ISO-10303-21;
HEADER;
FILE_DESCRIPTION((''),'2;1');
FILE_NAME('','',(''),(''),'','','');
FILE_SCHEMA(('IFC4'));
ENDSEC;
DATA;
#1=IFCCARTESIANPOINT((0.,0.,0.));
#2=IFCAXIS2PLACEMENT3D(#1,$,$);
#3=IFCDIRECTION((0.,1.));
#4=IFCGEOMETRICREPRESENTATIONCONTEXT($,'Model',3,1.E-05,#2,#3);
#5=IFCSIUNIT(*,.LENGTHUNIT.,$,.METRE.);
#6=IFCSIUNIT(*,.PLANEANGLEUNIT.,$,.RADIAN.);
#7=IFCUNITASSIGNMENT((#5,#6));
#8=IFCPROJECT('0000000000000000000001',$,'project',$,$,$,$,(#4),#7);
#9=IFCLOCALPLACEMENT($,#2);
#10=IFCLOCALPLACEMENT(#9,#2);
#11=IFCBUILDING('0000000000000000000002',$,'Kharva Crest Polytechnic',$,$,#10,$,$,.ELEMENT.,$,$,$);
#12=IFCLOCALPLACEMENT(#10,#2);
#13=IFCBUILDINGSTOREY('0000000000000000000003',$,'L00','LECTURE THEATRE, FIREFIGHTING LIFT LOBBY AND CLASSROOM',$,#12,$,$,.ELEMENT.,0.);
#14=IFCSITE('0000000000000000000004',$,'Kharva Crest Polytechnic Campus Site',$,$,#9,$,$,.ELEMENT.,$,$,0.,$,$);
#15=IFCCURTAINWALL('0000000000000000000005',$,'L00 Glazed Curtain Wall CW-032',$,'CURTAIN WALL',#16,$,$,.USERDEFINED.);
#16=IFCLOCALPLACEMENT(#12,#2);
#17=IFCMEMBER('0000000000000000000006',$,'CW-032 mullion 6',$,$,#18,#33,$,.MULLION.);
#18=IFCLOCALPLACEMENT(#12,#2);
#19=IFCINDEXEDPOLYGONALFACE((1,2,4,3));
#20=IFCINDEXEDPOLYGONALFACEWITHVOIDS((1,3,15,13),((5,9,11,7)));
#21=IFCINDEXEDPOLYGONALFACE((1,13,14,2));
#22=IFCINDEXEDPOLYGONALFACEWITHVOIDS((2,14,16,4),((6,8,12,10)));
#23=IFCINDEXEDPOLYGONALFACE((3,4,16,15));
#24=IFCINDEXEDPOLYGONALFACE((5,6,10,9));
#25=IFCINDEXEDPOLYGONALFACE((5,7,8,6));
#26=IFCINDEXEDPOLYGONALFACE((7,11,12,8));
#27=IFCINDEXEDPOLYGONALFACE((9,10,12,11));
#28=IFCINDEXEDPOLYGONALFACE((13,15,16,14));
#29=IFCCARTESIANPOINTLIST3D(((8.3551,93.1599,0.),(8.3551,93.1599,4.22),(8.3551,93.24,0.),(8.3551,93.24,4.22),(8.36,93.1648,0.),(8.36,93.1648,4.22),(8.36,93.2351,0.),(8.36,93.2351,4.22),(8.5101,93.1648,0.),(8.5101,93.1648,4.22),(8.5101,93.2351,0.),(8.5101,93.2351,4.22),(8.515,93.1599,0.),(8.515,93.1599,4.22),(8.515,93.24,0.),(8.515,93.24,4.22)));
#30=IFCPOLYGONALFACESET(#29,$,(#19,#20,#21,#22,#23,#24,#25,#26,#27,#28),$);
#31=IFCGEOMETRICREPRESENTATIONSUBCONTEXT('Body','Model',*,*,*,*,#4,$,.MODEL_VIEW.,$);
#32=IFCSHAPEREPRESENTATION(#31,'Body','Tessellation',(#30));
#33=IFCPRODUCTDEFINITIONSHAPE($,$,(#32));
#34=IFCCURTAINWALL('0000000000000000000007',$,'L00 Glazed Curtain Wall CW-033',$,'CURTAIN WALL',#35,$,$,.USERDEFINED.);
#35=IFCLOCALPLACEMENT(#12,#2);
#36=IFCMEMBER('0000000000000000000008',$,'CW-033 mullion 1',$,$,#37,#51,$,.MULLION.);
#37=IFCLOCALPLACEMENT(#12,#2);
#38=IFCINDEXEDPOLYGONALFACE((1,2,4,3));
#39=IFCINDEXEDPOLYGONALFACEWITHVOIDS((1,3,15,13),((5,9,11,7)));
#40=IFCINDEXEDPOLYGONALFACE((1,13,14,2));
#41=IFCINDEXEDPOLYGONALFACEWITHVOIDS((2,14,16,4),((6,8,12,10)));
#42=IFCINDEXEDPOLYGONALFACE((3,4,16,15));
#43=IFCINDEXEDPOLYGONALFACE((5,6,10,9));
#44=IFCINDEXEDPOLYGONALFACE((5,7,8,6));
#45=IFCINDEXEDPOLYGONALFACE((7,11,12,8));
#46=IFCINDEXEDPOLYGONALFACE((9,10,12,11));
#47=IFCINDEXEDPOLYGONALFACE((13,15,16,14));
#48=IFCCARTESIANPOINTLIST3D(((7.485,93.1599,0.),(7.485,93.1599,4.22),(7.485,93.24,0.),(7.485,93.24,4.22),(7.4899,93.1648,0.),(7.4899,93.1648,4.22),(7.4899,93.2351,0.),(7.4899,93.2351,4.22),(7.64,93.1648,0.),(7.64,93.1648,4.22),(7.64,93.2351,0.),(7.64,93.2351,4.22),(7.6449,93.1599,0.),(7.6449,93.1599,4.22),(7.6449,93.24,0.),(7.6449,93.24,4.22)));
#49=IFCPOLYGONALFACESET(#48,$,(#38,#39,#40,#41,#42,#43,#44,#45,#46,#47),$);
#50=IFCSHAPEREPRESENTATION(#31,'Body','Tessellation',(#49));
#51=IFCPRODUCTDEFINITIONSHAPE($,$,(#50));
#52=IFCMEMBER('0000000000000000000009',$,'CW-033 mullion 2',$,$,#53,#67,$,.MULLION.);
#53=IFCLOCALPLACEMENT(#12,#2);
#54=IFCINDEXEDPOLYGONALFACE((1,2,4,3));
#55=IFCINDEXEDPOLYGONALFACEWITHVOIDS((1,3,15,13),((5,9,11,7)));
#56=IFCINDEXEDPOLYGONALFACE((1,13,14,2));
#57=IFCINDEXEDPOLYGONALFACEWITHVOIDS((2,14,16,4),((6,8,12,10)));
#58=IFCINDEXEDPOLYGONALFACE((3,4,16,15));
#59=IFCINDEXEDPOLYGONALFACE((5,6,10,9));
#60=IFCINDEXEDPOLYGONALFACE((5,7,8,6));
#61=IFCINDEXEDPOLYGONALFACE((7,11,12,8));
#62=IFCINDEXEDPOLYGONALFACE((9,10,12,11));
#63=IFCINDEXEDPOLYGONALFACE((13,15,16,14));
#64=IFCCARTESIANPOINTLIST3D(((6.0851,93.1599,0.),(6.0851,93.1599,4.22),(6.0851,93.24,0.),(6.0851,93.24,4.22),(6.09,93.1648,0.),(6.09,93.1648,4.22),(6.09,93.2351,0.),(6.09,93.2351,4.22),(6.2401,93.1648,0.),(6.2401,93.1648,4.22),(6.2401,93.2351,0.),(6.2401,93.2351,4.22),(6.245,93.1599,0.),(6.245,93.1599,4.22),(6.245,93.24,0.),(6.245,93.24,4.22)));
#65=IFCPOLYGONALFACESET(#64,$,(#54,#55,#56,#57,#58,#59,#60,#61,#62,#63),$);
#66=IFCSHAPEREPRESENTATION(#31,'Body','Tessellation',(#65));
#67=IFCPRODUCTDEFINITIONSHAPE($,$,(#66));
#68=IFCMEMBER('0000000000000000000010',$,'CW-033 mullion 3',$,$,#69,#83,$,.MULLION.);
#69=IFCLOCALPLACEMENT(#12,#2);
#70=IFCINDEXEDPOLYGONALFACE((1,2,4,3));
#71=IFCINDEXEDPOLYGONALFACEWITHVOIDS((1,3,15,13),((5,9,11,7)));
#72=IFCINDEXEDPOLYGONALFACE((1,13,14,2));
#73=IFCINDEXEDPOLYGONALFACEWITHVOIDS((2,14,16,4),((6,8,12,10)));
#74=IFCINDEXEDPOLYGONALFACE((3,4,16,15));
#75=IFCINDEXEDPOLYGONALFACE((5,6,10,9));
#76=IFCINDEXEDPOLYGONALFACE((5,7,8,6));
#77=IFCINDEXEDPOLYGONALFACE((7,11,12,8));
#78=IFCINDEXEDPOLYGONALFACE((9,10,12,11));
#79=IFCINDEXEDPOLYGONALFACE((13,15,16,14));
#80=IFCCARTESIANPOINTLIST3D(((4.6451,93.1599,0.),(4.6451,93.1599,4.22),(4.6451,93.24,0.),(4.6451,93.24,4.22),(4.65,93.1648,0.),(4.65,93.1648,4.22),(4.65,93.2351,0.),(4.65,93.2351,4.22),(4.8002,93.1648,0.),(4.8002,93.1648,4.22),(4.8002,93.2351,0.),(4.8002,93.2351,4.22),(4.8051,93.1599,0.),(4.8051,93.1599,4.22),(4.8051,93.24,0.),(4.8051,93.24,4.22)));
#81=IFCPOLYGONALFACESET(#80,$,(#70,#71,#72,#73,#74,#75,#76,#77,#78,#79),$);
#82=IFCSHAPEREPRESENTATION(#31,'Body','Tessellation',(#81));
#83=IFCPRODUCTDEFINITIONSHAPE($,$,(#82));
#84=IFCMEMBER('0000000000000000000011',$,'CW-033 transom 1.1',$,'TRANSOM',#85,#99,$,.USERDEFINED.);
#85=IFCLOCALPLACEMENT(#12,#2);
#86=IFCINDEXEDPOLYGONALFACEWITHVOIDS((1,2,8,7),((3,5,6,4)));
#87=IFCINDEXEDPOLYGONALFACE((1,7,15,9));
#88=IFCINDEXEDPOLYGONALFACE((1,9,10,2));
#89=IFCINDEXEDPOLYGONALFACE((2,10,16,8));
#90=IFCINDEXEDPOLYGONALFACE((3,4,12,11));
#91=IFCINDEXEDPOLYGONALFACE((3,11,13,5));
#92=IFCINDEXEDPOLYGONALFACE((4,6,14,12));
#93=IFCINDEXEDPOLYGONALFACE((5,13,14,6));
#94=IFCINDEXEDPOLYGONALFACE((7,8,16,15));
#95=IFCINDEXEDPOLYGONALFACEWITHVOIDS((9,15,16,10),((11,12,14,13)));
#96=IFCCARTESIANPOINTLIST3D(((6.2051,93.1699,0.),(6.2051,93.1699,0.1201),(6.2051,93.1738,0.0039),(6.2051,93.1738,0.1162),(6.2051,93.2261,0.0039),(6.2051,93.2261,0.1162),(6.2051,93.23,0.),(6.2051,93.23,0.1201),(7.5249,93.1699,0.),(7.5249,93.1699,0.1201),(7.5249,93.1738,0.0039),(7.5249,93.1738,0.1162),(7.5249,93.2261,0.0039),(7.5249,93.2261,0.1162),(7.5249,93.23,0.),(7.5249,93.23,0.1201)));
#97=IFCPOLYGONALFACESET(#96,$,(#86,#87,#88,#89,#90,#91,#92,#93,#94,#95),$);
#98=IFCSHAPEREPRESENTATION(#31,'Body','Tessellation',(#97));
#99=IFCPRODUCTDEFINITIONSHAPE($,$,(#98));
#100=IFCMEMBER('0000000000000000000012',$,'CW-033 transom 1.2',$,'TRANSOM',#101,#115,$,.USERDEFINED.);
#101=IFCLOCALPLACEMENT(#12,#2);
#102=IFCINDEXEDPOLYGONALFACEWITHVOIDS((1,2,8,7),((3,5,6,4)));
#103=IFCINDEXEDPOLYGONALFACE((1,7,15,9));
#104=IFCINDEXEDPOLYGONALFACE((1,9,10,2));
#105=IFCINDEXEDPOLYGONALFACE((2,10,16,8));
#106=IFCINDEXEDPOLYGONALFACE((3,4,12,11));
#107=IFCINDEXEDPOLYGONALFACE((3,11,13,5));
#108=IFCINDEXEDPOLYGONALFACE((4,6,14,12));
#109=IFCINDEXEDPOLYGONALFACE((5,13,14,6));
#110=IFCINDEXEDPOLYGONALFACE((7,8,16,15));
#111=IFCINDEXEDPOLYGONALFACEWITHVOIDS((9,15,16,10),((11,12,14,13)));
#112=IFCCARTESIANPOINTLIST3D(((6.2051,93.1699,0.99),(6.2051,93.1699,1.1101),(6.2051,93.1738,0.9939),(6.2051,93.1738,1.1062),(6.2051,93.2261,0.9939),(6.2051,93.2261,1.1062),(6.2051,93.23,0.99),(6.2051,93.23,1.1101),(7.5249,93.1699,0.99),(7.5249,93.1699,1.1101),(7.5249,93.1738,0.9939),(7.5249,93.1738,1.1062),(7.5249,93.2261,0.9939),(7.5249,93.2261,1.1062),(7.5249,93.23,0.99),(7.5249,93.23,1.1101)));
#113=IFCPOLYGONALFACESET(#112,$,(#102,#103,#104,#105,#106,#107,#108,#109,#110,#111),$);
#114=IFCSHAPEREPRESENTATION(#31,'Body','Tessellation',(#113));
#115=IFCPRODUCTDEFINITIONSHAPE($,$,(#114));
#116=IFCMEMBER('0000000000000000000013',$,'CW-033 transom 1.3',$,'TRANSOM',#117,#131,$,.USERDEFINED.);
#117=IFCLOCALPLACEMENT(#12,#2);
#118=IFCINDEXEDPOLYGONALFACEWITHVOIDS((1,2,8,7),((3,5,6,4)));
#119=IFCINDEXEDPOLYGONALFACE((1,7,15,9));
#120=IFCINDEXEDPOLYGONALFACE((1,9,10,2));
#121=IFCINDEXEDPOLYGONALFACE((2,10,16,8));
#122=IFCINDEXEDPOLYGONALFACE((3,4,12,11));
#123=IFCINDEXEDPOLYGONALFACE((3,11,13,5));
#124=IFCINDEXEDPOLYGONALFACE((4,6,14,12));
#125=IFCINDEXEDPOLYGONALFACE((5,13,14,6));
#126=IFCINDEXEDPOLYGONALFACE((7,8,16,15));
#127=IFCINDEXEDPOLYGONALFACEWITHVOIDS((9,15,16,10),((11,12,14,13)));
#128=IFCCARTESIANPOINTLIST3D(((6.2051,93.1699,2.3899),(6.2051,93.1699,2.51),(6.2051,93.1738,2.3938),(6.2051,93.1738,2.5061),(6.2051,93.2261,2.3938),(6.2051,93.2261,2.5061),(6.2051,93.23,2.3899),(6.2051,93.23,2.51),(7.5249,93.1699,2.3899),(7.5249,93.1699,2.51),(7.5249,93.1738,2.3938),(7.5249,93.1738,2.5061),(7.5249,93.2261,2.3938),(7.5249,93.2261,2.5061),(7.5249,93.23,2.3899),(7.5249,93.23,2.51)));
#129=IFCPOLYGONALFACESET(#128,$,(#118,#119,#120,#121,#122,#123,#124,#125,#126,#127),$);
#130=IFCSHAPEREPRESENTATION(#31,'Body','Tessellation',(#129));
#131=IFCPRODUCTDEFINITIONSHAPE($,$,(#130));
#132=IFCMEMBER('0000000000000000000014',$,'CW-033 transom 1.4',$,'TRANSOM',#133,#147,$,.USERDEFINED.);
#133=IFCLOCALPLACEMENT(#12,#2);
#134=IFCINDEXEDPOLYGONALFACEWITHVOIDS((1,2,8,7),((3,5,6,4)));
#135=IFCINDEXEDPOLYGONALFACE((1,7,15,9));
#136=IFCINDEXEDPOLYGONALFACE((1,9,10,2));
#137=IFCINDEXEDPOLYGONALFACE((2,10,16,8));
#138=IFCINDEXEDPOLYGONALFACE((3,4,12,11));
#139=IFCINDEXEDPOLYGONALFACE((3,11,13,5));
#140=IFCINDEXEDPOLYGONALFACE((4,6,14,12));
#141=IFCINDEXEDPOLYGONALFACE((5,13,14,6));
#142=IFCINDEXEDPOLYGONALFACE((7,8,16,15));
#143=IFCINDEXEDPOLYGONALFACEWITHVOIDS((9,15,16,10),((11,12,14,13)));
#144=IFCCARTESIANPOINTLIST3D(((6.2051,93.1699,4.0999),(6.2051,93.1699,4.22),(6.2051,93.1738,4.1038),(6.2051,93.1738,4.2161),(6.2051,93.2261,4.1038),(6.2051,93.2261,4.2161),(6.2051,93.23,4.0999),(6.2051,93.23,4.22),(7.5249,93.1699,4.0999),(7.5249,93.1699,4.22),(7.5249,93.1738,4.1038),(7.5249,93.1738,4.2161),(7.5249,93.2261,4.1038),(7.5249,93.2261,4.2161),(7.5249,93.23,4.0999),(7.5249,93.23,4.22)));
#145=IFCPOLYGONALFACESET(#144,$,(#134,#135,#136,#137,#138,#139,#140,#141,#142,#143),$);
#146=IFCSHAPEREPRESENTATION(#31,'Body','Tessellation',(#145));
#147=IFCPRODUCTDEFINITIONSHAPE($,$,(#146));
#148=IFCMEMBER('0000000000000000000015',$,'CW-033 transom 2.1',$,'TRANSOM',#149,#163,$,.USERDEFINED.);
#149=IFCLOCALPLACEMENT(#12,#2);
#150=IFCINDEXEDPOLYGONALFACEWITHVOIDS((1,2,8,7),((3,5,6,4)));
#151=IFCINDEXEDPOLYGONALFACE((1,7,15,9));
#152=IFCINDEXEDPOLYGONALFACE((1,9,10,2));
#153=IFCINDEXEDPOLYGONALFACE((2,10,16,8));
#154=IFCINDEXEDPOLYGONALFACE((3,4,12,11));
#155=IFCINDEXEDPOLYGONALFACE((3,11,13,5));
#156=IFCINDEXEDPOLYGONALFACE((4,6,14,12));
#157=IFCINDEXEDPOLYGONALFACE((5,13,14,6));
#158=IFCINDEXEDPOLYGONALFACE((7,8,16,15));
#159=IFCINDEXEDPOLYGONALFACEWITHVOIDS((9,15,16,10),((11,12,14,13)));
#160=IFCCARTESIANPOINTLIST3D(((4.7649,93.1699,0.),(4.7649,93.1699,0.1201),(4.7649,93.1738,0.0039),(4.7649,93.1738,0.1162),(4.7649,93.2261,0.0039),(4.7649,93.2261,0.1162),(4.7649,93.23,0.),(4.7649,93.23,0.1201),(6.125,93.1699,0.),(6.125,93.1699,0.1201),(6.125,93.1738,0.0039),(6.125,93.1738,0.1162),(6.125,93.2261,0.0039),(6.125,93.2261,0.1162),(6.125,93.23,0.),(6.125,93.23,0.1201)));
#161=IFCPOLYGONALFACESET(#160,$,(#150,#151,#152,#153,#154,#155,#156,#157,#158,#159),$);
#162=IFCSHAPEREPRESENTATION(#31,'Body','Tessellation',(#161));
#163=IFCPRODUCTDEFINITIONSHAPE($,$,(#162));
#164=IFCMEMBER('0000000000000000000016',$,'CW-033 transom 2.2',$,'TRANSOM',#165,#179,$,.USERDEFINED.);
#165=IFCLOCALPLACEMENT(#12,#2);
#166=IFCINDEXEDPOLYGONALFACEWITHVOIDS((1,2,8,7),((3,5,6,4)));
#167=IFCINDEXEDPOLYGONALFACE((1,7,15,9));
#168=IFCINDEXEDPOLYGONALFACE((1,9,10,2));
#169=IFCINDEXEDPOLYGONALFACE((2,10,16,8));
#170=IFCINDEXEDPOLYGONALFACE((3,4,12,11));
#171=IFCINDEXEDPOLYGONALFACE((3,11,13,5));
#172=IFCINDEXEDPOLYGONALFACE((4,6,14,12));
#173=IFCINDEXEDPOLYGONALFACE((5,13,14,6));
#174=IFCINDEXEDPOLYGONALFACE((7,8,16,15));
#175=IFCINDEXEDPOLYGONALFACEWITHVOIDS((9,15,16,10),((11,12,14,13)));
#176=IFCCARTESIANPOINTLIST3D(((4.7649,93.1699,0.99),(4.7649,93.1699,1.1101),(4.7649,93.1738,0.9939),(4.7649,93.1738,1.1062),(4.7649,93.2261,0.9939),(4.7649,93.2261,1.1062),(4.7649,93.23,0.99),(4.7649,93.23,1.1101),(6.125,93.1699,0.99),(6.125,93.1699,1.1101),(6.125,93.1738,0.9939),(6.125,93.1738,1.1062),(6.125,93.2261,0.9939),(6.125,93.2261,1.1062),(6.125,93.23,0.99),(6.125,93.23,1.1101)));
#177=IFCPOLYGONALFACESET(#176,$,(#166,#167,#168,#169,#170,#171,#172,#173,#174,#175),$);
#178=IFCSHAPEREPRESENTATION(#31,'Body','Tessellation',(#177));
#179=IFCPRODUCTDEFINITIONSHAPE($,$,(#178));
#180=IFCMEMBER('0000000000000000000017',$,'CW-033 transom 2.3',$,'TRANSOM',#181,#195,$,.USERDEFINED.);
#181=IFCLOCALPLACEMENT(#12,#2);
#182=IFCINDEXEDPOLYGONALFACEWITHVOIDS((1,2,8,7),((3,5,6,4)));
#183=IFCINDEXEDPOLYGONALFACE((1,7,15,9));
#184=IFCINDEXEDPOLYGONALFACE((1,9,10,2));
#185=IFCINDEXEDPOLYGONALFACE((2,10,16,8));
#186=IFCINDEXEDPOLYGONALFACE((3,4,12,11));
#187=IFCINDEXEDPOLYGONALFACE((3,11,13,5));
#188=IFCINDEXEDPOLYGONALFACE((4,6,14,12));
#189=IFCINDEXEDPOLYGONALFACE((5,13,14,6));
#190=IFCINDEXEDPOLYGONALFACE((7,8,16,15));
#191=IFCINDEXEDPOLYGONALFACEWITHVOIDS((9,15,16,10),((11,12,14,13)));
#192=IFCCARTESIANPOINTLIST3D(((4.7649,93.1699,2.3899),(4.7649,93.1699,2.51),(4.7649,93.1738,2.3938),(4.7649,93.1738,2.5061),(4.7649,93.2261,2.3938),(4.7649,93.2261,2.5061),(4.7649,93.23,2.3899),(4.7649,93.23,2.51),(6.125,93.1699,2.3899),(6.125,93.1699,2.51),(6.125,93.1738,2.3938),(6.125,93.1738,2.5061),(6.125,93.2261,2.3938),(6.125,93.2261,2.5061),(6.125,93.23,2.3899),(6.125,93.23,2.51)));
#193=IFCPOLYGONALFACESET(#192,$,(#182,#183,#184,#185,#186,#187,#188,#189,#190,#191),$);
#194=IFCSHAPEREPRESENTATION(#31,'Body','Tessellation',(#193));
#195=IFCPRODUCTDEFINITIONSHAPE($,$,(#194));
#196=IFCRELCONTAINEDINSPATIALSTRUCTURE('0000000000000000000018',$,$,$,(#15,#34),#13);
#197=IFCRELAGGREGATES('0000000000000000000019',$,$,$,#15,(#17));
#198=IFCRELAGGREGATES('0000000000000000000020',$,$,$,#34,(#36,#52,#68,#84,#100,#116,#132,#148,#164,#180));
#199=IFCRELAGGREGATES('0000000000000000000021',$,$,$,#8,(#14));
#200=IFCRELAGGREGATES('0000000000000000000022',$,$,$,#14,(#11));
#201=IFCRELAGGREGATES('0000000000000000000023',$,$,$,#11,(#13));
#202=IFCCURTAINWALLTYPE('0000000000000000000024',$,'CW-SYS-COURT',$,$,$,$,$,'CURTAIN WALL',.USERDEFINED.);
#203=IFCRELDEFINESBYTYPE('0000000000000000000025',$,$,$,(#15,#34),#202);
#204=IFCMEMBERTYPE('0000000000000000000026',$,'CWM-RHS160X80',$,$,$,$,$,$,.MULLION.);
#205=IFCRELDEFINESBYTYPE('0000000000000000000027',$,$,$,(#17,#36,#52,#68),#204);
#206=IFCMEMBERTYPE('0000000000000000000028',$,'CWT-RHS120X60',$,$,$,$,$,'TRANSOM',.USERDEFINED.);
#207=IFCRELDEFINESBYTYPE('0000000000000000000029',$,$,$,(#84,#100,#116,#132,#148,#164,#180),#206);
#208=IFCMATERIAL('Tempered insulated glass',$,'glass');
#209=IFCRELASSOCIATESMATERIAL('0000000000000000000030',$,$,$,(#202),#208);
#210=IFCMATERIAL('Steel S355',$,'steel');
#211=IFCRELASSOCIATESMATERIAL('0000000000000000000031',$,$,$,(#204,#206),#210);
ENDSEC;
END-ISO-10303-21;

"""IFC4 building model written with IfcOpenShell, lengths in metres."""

from ifc_helpers import new_model, si_unit, direction, frame, origin, origin_2d, place, context, subcontext, project, spatial, hollow_rectangle, extrude, material, material_profile, profile_set, type_object, element, aggregate, save


model = new_model("IFC4")

# Units and contexts
model_context = context("Model", 3, precision=1e-05, world=origin(), true_north=direction((0.0, 1.0)))
body_context = subcontext(model_context, "Body", "Model", "MODEL_VIEW")
ifc_project = project(units=[si_unit("LENGTHUNIT", "METRE"), si_unit("PLANEANGLEUNIT", "RADIAN")], contexts=[model_context])

# Site, building, storey
site_placement = place(None, origin())
site = spatial("IfcSite", under=ifc_project, at=site_placement, Name="Kharva Crest Polytechnic Campus Site", CompositionType="ELEMENT", RefElevation=0.0)
building_placement = place(site_placement, origin())
building = spatial("IfcBuilding", under=site, at=building_placement, Name="Kharva Crest Polytechnic", CompositionType="ELEMENT")
storey_placement = place(building_placement, origin())
storey = spatial("IfcBuildingStorey", under=building, at=storey_placement, Name="L00", Description="LECTURE THEATRE, FIREFIGHTING LIFT LOBBY AND CLASSROOM", CompositionType="ELEMENT", Elevation=0.0)

# Shared definitions
ifc_material_1 = material(Name="Steel S355", Category="steel")

# Curtain wall, member
ifc_material_2 = material(Name="Tempered insulated glass", Category="glass")
curtain_wall_type = type_object("IfcCurtainWallType", Name="CW-SYS-COURT", ElementType="CURTAIN WALL", PredefinedType="USERDEFINED", material=ifc_material_2)
curtain_wall_1_placement = place(storey_placement, origin())
curtain_wall_1 = element("IfcCurtainWall", 1, at=curtain_wall_1_placement, inside=storey, type_object=curtain_wall_type, Name="L00 Glazed Curtain Wall CW-032", ObjectType="CURTAIN WALL", PredefinedType="USERDEFINED")
ifc_material_profile_1 = material_profile(ifc_material_1, hollow_rectangle(XDim=0.0801, YDim=0.1599, WallThickness=0.0049, at=origin_2d()), Name="RHS 160X80X5.0")
ifc_profile_set_1 = profile_set([ifc_material_profile_1], Name="Steel S355")
member_type_1 = type_object("IfcMemberType", Name="CWM-RHS160X80", PredefinedType="MULLION", material=ifc_profile_set_1)
member_1_placement = place(storey_placement, frame((8.4351, 93.2, 0.0), z_axis=(0.0, 0.0, 1.0), x_axis=(0.0, -1.0, 0.0)))
member_1 = element("IfcMember", 2, at=member_1_placement, type_object=member_type_1, Name="CW-032 mullion 6", PredefinedType="MULLION", context=body_context, shape_type="SweptSolid", body=[
    extrude(hollow_rectangle(XDim=0.0801, YDim=0.1599, WallThickness=0.0049, at=origin_2d()), origin(), (0.0, 0.0, 1.0), 4.22),
])

# Curtain wall, members
curtain_wall_2_placement = place(storey_placement, origin())
curtain_wall_2 = element("IfcCurtainWall", 3, at=curtain_wall_2_placement, inside=storey, type_object=curtain_wall_type, Name="L00 Glazed Curtain Wall CW-033", ObjectType="CURTAIN WALL", PredefinedType="USERDEFINED")
member_2_placement = place(storey_placement, frame((7.5649, 93.2, 0.0), z_axis=(0.0, 0.0, 1.0), x_axis=(0.0, -1.0, 0.0)))
member_2 = element("IfcMember", 4, at=member_2_placement, type_object=member_type_1, Name="CW-033 mullion 1", PredefinedType="MULLION", context=body_context, shape_type="SweptSolid", body=[
    extrude(hollow_rectangle(XDim=0.0801, YDim=0.1599, WallThickness=0.0049, at=origin_2d()), origin(), (0.0, 0.0, 1.0), 4.22),
])
member_3_placement = place(storey_placement, frame((6.165, 93.2, 0.0), z_axis=(0.0, 0.0, 1.0), x_axis=(0.0, -1.0, 0.0)))
member_3 = element("IfcMember", 5, at=member_3_placement, type_object=member_type_1, Name="CW-033 mullion 2", PredefinedType="MULLION", context=body_context, shape_type="SweptSolid", body=[
    extrude(hollow_rectangle(XDim=0.0801, YDim=0.1599, WallThickness=0.0049, at=origin_2d()), origin(), (0.0, 0.0, 1.0), 4.22),
])
member_4_placement = place(storey_placement, frame((4.7251, 93.2, 0.0), z_axis=(0.0, 0.0, 1.0), x_axis=(0.0, -1.0, 0.0)))
member_4 = element("IfcMember", 6, at=member_4_placement, type_object=member_type_1, Name="CW-033 mullion 3", PredefinedType="MULLION", context=body_context, shape_type="SweptSolid", body=[
    extrude(hollow_rectangle(XDim=0.0801, YDim=0.1599, WallThickness=0.0049, at=origin_2d()), origin(), (0.0, 0.0, 1.0), 4.22),
])
ifc_material_profile_2 = material_profile(ifc_material_1, hollow_rectangle(XDim=0.0601, YDim=0.1201, WallThickness=0.0039, at=origin_2d()), Name="RHS 120X60X4.0")
ifc_profile_set_2 = profile_set([ifc_material_profile_2], Name="Steel S355")
member_type_2 = type_object("IfcMemberType", Name="CWT-RHS120X60", ElementType="TRANSOM", PredefinedType="USERDEFINED", material=ifc_profile_set_2)
member_5_placement = place(storey_placement, frame((7.5249, 93.2, 0.0601), z_axis=(-1.0, 0.0, 0.0), x_axis=(0.0, -1.0, 0.0)))
member_5 = element("IfcMember", 7, at=member_5_placement, type_object=member_type_2, Name="CW-033 transom 1.1", ObjectType="TRANSOM", PredefinedType="USERDEFINED", context=body_context, shape_type="SweptSolid", body=[
    extrude(hollow_rectangle(XDim=0.0601, YDim=0.1201, WallThickness=0.0039, at=origin_2d()), origin(), (0.0, 0.0, 1.0), 1.3198),
])
member_6_placement = place(storey_placement, frame((7.5249, 93.2, 1.05), z_axis=(-1.0, 0.0, 0.0), x_axis=(0.0, -1.0, 0.0)))
member_6 = element("IfcMember", 8, at=member_6_placement, type_object=member_type_2, Name="CW-033 transom 1.2", ObjectType="TRANSOM", PredefinedType="USERDEFINED", context=body_context, shape_type="SweptSolid", body=[
    extrude(hollow_rectangle(XDim=0.0601, YDim=0.1201, WallThickness=0.0039, at=origin_2d()), origin(), (0.0, 0.0, 1.0), 1.3198),
])
member_7_placement = place(storey_placement, frame((7.5249, 93.2, 2.45), z_axis=(-1.0, 0.0, 0.0), x_axis=(0.0, -1.0, 0.0)))
member_7 = element("IfcMember", 9, at=member_7_placement, type_object=member_type_2, Name="CW-033 transom 1.3", ObjectType="TRANSOM", PredefinedType="USERDEFINED", context=body_context, shape_type="SweptSolid", body=[
    extrude(hollow_rectangle(XDim=0.0601, YDim=0.1201, WallThickness=0.0039, at=origin_2d()), origin(), (0.0, 0.0, 1.0), 1.3198),
])
member_8_placement = place(storey_placement, frame((7.5249, 93.2, 4.1599), z_axis=(-1.0, 0.0, 0.0), x_axis=(0.0, -1.0, 0.0)))
member_8 = element("IfcMember", 10, at=member_8_placement, type_object=member_type_2, Name="CW-033 transom 1.4", ObjectType="TRANSOM", PredefinedType="USERDEFINED", context=body_context, shape_type="SweptSolid", body=[
    extrude(hollow_rectangle(XDim=0.0601, YDim=0.1201, WallThickness=0.0039, at=origin_2d()), origin(), (0.0, 0.0, 1.0), 1.3198),
])
member_9_placement = place(storey_placement, frame((6.125, 93.2, 0.0601), z_axis=(-1.0, 0.0, 0.0), x_axis=(0.0, -1.0, 0.0)))
member_9 = element("IfcMember", 11, at=member_9_placement, type_object=member_type_2, Name="CW-033 transom 2.1", ObjectType="TRANSOM", PredefinedType="USERDEFINED", context=body_context, shape_type="SweptSolid", body=[
    extrude(hollow_rectangle(XDim=0.0601, YDim=0.1201, WallThickness=0.0039, at=origin_2d()), origin(), (0.0, 0.0, 1.0), 1.3601),
])
member_10_placement = place(storey_placement, frame((6.125, 93.2, 1.05), z_axis=(-1.0, 0.0, 0.0), x_axis=(0.0, -1.0, 0.0)))
member_10 = element("IfcMember", 12, at=member_10_placement, type_object=member_type_2, Name="CW-033 transom 2.2", ObjectType="TRANSOM", PredefinedType="USERDEFINED", context=body_context, shape_type="SweptSolid", body=[
    extrude(hollow_rectangle(XDim=0.0601, YDim=0.1201, WallThickness=0.0039, at=origin_2d()), origin(), (0.0, 0.0, 1.0), 1.3601),
])
member_11_placement = place(storey_placement, frame((6.125, 93.2, 2.45), z_axis=(-1.0, 0.0, 0.0), x_axis=(0.0, -1.0, 0.0)))
member_11 = element("IfcMember", 13, at=member_11_placement, type_object=member_type_2, Name="CW-033 transom 2.3", ObjectType="TRANSOM", PredefinedType="USERDEFINED", context=body_context, shape_type="SweptSolid", body=[
    extrude(hollow_rectangle(XDim=0.0601, YDim=0.1201, WallThickness=0.0039, at=origin_2d()), origin(), (0.0, 0.0, 1.0), 1.3601),
])

aggregate(curtain_wall_1, [member_1])
aggregate(curtain_wall_2, [member_2, member_3, member_4, member_5, member_6, member_7, member_8, member_9, member_10, member_11])

save(model, "model.ifc")
